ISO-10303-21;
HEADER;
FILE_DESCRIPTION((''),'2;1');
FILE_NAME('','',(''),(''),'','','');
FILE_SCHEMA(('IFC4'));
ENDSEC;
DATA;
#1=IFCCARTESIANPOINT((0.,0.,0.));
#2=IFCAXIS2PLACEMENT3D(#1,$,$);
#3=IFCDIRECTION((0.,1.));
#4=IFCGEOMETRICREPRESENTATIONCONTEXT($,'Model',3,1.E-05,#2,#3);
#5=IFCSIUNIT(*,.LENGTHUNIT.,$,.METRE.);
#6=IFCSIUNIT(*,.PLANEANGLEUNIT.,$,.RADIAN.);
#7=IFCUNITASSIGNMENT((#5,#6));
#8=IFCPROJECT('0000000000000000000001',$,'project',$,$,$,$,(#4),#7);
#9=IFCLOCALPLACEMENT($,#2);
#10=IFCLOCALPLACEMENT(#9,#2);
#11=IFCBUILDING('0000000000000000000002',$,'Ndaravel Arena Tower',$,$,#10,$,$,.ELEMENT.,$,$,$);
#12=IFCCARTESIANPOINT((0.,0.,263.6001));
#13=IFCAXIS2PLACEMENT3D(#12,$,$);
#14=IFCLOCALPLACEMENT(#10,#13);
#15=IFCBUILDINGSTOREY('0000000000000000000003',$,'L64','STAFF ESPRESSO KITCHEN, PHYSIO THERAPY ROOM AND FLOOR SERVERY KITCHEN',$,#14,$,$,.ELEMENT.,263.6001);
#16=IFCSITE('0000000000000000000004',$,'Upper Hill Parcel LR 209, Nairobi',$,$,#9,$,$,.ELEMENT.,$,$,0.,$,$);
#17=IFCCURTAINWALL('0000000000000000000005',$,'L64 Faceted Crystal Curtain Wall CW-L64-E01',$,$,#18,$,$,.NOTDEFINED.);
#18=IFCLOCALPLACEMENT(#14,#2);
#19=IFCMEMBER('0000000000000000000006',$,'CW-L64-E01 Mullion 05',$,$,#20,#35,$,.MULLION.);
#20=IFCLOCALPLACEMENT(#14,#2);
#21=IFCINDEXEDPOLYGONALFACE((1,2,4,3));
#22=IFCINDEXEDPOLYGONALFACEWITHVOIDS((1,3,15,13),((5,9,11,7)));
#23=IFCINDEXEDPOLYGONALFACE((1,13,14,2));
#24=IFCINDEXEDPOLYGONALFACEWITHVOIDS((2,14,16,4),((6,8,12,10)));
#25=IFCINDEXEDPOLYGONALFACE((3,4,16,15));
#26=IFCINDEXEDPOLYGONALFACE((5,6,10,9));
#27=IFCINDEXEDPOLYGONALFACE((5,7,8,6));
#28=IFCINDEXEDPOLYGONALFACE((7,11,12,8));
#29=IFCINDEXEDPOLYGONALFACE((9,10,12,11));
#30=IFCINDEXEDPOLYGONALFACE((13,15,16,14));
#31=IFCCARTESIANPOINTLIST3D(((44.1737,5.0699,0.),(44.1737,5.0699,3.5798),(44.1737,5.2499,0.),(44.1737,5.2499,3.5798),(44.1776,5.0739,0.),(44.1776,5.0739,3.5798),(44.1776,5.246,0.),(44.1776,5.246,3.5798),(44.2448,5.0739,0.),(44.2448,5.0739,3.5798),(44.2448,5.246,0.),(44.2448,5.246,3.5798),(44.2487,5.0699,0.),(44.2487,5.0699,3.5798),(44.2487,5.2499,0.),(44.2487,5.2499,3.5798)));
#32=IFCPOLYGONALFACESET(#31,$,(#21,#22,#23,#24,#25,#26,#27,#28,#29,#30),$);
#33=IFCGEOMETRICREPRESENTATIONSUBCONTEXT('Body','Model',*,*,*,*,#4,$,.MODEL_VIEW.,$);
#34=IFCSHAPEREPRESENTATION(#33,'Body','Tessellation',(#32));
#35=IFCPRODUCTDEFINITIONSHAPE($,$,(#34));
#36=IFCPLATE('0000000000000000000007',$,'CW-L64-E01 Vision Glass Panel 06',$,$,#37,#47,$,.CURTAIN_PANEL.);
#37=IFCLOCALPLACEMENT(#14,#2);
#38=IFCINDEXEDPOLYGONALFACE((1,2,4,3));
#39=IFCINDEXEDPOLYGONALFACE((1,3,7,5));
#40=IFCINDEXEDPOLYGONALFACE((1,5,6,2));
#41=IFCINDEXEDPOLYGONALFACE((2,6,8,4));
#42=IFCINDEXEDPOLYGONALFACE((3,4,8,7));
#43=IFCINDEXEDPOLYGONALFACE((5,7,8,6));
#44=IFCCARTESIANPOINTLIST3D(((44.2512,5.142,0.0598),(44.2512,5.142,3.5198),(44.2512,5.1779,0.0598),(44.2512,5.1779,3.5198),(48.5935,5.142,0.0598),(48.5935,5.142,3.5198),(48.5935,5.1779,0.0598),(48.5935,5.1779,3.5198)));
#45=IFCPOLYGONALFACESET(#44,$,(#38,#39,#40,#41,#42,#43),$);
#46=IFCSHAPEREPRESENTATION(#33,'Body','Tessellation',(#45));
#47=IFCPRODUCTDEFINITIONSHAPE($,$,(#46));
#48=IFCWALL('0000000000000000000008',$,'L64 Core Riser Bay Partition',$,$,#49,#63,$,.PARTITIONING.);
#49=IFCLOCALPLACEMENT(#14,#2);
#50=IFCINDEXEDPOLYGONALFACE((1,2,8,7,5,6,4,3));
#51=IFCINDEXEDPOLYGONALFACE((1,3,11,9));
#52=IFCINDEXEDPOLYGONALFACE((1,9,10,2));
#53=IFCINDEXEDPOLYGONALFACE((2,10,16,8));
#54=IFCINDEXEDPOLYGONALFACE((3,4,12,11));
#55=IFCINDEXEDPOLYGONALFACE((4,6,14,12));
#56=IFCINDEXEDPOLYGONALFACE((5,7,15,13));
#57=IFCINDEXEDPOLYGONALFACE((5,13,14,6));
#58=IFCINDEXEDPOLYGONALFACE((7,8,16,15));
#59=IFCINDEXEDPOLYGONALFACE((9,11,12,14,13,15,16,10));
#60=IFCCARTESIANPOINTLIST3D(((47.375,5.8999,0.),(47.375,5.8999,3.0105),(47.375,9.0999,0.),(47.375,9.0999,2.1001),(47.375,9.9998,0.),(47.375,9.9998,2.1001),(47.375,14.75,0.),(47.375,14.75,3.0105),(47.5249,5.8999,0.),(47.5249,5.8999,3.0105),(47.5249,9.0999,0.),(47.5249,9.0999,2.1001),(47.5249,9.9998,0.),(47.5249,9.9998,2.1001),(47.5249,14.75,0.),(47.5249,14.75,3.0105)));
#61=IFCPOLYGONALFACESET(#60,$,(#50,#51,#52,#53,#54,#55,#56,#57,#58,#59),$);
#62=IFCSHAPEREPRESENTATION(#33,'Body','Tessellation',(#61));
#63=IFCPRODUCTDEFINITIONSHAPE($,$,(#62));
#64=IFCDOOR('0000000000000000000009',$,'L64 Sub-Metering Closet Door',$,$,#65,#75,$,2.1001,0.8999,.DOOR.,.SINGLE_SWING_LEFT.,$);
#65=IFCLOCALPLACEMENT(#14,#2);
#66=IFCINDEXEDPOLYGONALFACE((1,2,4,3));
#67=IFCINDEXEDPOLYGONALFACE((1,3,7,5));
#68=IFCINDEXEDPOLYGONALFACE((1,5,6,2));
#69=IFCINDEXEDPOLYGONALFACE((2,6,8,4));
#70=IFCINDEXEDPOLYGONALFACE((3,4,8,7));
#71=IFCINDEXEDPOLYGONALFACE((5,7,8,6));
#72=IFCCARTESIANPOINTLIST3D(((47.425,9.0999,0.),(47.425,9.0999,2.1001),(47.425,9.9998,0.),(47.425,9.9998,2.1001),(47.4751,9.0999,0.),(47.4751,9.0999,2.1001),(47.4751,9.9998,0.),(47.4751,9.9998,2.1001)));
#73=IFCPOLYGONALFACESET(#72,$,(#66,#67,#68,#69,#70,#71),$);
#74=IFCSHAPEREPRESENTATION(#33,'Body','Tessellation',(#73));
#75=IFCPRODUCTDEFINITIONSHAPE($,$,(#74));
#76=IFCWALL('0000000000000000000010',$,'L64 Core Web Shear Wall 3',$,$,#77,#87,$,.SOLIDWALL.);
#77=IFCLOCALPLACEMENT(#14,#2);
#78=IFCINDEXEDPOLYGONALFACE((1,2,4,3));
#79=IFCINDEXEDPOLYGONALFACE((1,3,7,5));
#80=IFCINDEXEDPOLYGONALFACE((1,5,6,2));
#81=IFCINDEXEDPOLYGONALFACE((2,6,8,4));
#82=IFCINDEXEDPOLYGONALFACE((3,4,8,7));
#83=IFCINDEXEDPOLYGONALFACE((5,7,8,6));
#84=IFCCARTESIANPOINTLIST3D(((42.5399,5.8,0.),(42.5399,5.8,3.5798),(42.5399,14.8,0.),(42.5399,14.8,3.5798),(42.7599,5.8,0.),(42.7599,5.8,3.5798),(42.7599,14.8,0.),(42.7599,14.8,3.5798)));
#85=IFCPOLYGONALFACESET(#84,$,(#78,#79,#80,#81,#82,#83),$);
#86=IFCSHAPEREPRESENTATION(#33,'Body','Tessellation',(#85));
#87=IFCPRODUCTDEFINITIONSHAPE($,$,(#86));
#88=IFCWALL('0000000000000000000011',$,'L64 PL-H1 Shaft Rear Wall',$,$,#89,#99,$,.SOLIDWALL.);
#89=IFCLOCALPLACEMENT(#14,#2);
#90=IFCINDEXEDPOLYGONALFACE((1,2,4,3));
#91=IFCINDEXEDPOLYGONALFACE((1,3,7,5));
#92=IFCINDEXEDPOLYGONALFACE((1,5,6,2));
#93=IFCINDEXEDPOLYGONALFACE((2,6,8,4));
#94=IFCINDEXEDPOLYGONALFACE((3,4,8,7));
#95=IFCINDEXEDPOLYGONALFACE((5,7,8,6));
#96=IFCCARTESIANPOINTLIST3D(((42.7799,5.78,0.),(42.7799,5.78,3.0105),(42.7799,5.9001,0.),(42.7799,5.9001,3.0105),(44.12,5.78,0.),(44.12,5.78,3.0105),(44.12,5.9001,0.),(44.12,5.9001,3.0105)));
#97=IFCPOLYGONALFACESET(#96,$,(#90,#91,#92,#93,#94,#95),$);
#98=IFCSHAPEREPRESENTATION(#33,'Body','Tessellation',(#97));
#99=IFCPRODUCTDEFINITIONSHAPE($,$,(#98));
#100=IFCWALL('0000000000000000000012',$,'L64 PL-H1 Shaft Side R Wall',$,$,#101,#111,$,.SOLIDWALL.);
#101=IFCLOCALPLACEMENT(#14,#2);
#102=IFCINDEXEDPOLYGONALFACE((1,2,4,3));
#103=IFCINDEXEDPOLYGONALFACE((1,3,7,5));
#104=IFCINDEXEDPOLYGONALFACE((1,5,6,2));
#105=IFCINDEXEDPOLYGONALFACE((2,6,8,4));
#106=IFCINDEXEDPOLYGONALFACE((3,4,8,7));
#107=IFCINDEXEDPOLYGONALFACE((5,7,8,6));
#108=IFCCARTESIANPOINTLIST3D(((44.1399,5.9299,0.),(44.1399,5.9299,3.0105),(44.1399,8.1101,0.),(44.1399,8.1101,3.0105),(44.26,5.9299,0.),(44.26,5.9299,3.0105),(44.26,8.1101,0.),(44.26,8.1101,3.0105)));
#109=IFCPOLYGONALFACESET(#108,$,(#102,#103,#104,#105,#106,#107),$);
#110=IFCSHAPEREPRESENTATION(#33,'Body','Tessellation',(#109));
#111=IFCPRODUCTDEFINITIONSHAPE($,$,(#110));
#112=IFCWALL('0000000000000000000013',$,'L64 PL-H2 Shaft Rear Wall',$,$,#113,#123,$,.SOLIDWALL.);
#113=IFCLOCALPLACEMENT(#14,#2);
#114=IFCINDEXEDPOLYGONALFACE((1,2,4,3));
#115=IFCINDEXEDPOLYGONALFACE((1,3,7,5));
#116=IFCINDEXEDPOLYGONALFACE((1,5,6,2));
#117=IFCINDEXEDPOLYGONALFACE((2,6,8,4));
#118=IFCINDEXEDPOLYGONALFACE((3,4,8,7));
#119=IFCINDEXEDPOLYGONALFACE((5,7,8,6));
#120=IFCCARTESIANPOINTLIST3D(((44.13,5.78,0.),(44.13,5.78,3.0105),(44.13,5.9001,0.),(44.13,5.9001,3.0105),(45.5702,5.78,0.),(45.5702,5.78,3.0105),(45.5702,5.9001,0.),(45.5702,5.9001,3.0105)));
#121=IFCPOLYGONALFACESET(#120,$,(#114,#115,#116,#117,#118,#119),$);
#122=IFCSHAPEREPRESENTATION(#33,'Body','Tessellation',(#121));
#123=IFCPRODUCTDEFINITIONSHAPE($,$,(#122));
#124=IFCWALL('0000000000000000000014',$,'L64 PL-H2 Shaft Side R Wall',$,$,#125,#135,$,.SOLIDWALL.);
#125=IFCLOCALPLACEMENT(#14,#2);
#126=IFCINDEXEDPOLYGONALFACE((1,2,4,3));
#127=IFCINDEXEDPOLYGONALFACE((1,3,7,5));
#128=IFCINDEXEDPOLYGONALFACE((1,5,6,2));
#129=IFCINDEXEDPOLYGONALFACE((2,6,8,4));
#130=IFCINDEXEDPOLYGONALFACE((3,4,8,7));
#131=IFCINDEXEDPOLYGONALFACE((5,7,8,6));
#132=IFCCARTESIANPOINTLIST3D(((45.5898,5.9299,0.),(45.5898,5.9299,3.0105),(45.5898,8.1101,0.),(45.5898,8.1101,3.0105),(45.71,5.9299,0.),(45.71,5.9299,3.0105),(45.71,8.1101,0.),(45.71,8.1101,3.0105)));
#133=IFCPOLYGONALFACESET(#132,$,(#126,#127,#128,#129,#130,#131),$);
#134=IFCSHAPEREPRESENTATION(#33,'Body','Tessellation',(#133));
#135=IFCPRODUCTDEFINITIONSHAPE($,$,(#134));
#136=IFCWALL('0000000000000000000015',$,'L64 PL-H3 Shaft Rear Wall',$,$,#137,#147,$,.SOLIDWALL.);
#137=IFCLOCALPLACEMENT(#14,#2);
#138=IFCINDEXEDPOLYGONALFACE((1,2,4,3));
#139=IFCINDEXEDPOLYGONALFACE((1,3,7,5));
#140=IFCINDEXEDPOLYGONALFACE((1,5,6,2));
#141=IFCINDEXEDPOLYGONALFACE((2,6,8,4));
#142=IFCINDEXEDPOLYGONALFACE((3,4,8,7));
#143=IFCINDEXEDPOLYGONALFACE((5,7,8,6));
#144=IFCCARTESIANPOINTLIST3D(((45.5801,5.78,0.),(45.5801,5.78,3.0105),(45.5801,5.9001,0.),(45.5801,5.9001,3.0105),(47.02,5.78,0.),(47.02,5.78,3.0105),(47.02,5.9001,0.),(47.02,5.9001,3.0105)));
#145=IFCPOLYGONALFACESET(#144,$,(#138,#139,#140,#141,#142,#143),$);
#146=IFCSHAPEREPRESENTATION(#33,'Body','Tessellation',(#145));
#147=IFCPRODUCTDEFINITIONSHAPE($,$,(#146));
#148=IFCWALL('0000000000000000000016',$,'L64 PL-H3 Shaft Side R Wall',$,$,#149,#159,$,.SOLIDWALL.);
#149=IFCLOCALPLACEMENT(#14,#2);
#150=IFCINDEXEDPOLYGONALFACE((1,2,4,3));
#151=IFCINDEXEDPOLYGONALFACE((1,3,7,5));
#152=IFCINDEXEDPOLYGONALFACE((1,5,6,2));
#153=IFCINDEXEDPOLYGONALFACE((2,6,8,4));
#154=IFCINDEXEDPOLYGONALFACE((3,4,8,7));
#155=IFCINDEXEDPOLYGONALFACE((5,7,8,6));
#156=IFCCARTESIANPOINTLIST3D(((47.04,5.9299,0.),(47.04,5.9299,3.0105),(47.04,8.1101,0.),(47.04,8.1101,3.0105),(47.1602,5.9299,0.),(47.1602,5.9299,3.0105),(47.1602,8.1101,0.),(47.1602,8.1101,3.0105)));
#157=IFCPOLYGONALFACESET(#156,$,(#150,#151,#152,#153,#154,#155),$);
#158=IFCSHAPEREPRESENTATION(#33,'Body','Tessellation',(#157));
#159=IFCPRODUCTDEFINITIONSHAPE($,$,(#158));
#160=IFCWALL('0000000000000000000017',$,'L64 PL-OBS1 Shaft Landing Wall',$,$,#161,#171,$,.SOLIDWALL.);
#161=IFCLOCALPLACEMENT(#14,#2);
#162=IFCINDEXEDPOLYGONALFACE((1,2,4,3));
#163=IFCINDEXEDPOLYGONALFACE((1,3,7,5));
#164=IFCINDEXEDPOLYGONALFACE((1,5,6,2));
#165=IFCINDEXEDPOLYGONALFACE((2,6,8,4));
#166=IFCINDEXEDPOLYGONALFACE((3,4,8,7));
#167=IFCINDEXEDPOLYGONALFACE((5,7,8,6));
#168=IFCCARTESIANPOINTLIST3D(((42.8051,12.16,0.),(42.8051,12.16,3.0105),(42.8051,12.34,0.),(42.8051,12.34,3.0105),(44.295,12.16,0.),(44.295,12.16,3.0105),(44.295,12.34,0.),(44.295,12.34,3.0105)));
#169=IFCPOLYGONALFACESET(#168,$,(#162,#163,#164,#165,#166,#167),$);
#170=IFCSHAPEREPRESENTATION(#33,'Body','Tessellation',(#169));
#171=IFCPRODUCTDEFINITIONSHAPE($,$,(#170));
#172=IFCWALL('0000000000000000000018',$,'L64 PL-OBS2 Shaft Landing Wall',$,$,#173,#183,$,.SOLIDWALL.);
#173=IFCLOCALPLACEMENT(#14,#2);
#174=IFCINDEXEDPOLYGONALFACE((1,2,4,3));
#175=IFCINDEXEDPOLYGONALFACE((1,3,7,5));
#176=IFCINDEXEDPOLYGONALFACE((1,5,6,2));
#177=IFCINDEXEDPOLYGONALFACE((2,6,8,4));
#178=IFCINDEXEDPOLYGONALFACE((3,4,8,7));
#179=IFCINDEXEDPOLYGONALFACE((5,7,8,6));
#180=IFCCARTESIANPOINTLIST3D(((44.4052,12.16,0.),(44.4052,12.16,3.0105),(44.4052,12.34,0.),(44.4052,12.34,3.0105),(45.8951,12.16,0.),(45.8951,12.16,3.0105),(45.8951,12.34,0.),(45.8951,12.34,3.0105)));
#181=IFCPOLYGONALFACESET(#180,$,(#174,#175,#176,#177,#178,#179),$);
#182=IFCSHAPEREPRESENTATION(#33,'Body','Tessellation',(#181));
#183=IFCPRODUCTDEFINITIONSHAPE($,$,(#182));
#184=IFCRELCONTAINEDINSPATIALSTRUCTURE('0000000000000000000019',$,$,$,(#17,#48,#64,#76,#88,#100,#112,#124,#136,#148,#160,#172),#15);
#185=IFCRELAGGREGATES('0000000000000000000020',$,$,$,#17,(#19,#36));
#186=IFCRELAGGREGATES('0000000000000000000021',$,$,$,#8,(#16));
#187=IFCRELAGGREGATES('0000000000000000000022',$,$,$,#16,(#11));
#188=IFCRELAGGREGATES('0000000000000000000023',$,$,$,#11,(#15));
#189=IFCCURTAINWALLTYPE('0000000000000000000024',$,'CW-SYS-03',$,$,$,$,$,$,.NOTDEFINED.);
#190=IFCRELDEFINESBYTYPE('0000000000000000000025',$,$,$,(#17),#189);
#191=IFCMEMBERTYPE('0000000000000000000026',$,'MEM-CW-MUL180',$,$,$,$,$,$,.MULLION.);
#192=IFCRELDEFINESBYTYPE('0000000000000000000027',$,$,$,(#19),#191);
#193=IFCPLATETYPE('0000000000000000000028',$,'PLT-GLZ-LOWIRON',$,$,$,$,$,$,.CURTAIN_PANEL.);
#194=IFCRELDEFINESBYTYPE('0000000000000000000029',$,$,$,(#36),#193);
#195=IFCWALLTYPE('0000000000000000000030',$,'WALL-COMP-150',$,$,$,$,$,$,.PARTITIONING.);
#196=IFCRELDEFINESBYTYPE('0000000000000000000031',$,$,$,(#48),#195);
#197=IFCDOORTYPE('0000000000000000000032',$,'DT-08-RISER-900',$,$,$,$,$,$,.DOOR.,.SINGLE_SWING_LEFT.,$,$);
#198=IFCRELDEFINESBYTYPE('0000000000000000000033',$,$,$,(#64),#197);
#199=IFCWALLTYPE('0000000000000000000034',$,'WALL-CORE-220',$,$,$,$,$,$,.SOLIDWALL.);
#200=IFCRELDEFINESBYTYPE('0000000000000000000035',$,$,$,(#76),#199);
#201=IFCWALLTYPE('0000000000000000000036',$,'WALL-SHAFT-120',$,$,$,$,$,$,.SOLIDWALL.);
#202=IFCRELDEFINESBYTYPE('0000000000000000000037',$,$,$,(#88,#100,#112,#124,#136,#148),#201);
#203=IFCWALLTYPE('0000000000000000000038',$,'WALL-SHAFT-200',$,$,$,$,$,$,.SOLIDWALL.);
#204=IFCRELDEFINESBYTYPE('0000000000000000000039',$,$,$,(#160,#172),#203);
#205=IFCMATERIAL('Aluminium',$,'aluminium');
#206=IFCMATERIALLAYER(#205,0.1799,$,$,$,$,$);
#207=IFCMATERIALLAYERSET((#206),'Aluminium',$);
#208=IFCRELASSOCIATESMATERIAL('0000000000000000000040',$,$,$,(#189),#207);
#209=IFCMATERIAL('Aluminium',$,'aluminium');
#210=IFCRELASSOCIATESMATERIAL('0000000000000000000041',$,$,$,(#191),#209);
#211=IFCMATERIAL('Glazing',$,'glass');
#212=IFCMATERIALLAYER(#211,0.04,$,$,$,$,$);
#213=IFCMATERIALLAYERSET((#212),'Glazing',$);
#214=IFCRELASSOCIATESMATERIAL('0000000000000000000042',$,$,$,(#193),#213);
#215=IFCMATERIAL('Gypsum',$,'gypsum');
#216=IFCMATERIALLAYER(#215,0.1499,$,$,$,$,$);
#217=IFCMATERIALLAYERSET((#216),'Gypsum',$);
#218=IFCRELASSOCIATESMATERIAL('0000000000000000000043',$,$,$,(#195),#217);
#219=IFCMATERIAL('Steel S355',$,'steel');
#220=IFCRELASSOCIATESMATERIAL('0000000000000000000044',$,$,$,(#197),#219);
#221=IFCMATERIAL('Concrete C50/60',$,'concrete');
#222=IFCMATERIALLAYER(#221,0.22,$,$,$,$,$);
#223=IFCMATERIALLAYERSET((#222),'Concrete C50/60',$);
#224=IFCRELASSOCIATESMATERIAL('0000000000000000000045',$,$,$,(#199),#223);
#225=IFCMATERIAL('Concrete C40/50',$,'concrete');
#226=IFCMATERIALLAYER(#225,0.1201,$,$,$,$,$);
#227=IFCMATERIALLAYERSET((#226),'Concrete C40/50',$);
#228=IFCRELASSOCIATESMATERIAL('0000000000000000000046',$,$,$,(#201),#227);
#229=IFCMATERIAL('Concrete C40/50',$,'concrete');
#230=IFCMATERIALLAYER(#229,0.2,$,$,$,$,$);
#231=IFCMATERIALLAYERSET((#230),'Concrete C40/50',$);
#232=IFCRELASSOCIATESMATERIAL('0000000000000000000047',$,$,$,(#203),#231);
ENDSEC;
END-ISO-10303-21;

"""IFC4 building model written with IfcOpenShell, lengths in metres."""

from ifc_helpers import new_model, si_unit, direction, frame, frame_2d, origin, origin_2d, place, context, subcontext, project, spatial, rectangle, hollow_rectangle, extrude, material, layer, layer_set, material_profile, profile_set, type_object, element, fill, aggregate, save


model = new_model("IFC4")

# Units and contexts
model_context = context("Model", 3, precision=1e-05, world=origin(), true_north=direction((0.0, 1.0)))
body_context = subcontext(model_context, "Body", "Model", "MODEL_VIEW")
ifc_project = project(units=[si_unit("LENGTHUNIT", "METRE"), si_unit("PLANEANGLEUNIT", "RADIAN")], contexts=[model_context])

# Site, building, storey
site_placement = place(None, origin())
site = spatial("IfcSite", under=ifc_project, at=site_placement, Name="Upper Hill Parcel LR 209, Nairobi", CompositionType="ELEMENT", RefElevation=0.0)
building_placement = place(site_placement, origin())
building = spatial("IfcBuilding", under=site, at=building_placement, Name="Ndaravel Arena Tower", CompositionType="ELEMENT")
storey_placement = place(building_placement, frame((0.0, 0.0, 263.6001)))
storey = spatial("IfcBuildingStorey", under=building, at=storey_placement, Name="L64", Description="STAFF ESPRESSO KITCHEN, PHYSIO THERAPY ROOM AND FLOOR SERVERY KITCHEN", CompositionType="ELEMENT", Elevation=263.6001)

# Curtain wall, member, plate
ifc_material_1 = material(Name="Aluminium", Category="aluminium")
ifc_layer_1 = layer(ifc_material_1, 0.1799)
ifc_layer_set_1 = layer_set([ifc_layer_1], Name="Aluminium")
curtain_wall_type = type_object("IfcCurtainWallType", Name="CW-SYS-03", PredefinedType="NOTDEFINED", material=ifc_layer_set_1)
curtain_wall_placement = place(storey_placement, origin())
curtain_wall = element("IfcCurtainWall", 1, at=curtain_wall_placement, inside=storey, type_object=curtain_wall_type, Name="L64 Faceted Crystal Curtain Wall CW-L64-E01", PredefinedType="NOTDEFINED")
ifc_material_2 = material(Name="Aluminium", Category="aluminium")
ifc_material_profile = material_profile(ifc_material_2, hollow_rectangle(XDim=0.075, YDim=0.1799, WallThickness=0.0039, at=origin_2d()), Name="CW MULLION 75x180x4")
ifc_profile_set = profile_set([ifc_material_profile], Name="Aluminium")
member_type = type_object("IfcMemberType", Name="MEM-CW-MUL180", PredefinedType="MULLION", material=ifc_profile_set)
member_placement = place(storey_placement, frame((44.2112, 5.1599, 0.0), z_axis=(0.0, 0.0, 1.0), x_axis=(1.0, 0.0, 0.0)))
member = element("IfcMember", 2, at=member_placement, type_object=member_type, Name="CW-L64-E01 Mullion 05", PredefinedType="MULLION", context=body_context, shape_type="SweptSolid", body=[
    extrude(hollow_rectangle(XDim=0.075, YDim=0.1799, WallThickness=0.0039, at=origin_2d()), origin(), (0.0, 0.0, 1.0), 3.5798),
])
ifc_material_3 = material(Name="Glazing", Category="glass")
ifc_layer_2 = layer(ifc_material_3, 0.04)
ifc_layer_set_2 = layer_set([ifc_layer_2], Name="Glazing")
plate_type = type_object("IfcPlateType", Name="PLT-GLZ-LOWIRON", PredefinedType="CURTAIN_PANEL", material=ifc_layer_set_2)
plate_placement = place(storey_placement, frame((46.4224, 5.1599, 0.0598), z_axis=(0.0, 0.0, 1.0), x_axis=(1.0, 0.0, 0.0)))
plate = element("IfcPlate", 3, at=plate_placement, type_object=plate_type, Name="CW-L64-E01 Vision Glass Panel 06", PredefinedType="CURTAIN_PANEL", context=body_context, shape_type="SweptSolid", body=[
    extrude(rectangle(XDim=4.3423, YDim=0.0359, at=origin_2d()), origin(), (0.0, 0.0, 1.0), 3.46),
])
aggregate(curtain_wall, [member, plate])

# Wall, opening, door
ifc_material_4 = material(Name="Gypsum", Category="gypsum")
ifc_layer_3 = layer(ifc_material_4, 0.1499)
ifc_layer_set_3 = layer_set([ifc_layer_3], Name="Gypsum")
wall_type_1 = type_object("IfcWallType", Name="WALL-COMP-150", PredefinedType="PARTITIONING", material=ifc_layer_set_3)
wall_1_placement = place(storey_placement, frame((47.45, 5.8999, 0.0), z_axis=(0.0, 0.0, 1.0), x_axis=(0.0, 1.0, 0.0)))
wall_1 = element("IfcWall", 4, at=wall_1_placement, inside=storey, type_object=wall_type_1, Name="L64 Core Riser Bay Partition", PredefinedType="PARTITIONING", context=body_context, shape_type="SweptSolid", body=[
    extrude(rectangle(XDim=8.8501, YDim=0.1499, at=frame_2d((4.425, 0.0))), origin(), (0.0, 0.0, 1.0), 3.0105),
])
opening_1_placement = place(wall_1_placement, frame((3.2, 0.0, 0.0)))
opening_1 = element("IfcOpeningElement", 5, at=opening_1_placement, cuts=wall_1, PredefinedType="OPENING", context=body_context, shape_type="SweptSolid", body=[
    extrude(rectangle(XDim=0.8999, YDim=2.1001, at=frame_2d((0.45, 1.05))), frame((0.0, 0.075, 0.0), z_axis=(0.0, -1.0, 0.0), x_axis=(1.0, 0.0, 0.0)), (0.0, 0.0, 1.0), 0.1499),
])
ifc_material_5 = material(Name="Steel S355", Category="steel")
door_type_1 = type_object("IfcDoorType", Name="DT-08-RISER-900", OperationType="SINGLE_SWING_LEFT", PredefinedType="DOOR", material=ifc_material_5)
door_1_placement = place(opening_1_placement, origin())
door_1 = element("IfcDoor", 6, at=door_1_placement, inside=storey, type_object=door_type_1, Name="L64 Sub-Metering Closet Door", OperationType="SINGLE_SWING_LEFT", OverallHeight=2.1001, OverallWidth=0.8999, PredefinedType="DOOR", context=body_context, shape_type="SweptSolid", body=[
    extrude(rectangle(XDim=0.8999, YDim=2.1001, at=frame_2d((0.45, 1.05))), frame((0.0, 0.0249, 0.0), z_axis=(0.0, -1.0, 0.0), x_axis=(1.0, 0.0, 0.0)), (0.0, 0.0, 1.0), 0.05),
])
fill(opening_1, door_1)

# Walls
ifc_material_6 = material(Name="Concrete C50/60", Category="concrete")
ifc_layer_4 = layer(ifc_material_6, 0.22)
ifc_layer_set_4 = layer_set([ifc_layer_4], Name="Concrete C50/60")
wall_type_2 = type_object("IfcWallType", Name="WALL-CORE-220", PredefinedType="SOLIDWALL", material=ifc_layer_set_4)
wall_2_placement = place(storey_placement, frame((42.6499, 5.8, 0.0), z_axis=(0.0, 0.0, 1.0), x_axis=(0.0, 1.0, 0.0)))
element("IfcWall", 7, at=wall_2_placement, inside=storey, type_object=wall_type_2, Name="L64 Core Web Shear Wall 3", PredefinedType="SOLIDWALL", context=body_context, shape_type="SweptSolid", body=[
    extrude(rectangle(XDim=9.0, YDim=0.22, at=frame_2d((4.5, 0.0))), origin(), (0.0, 0.0, 1.0), 3.5798),
])
ifc_material_7 = material(Name="Concrete C40/50", Category="concrete")
ifc_layer_5 = layer(ifc_material_7, 0.1201)
ifc_layer_set_5 = layer_set([ifc_layer_5], Name="Concrete C40/50")
wall_type_3 = type_object("IfcWallType", Name="WALL-SHAFT-120", PredefinedType="SOLIDWALL", material=ifc_layer_set_5)
wall_3_placement = place(storey_placement, frame((42.78, 5.8401, 0.0), z_axis=(0.0, 0.0, 1.0), x_axis=(1.0, 0.0, 0.0)))
element("IfcWall", 8, at=wall_3_placement, inside=storey, type_object=wall_type_3, Name="L64 PL-H1 Shaft Rear Wall", PredefinedType="SOLIDWALL", context=body_context, shape_type="SweptSolid", body=[
    extrude(rectangle(XDim=1.3401, YDim=0.1201, at=frame_2d((0.6699, 0.0))), origin(), (0.0, 0.0, 1.0), 3.0105),
])
wall_4_placement = place(storey_placement, frame((44.2, 5.9299, 0.0), z_axis=(0.0, 0.0, 1.0), x_axis=(0.0, 1.0, 0.0)))
element("IfcWall", 9, at=wall_4_placement, inside=storey, type_object=wall_type_3, Name="L64 PL-H1 Shaft Side R Wall", PredefinedType="SOLIDWALL", context=body_context, shape_type="SweptSolid", body=[
    extrude(rectangle(XDim=2.1802, YDim=0.1201, at=frame_2d((1.0901, 0.0))), origin(), (0.0, 0.0, 1.0), 3.0105),
])
wall_5_placement = place(storey_placement, frame((44.1299, 5.8401, 0.0), z_axis=(0.0, 0.0, 1.0), x_axis=(1.0, 0.0, 0.0)))
element("IfcWall", 10, at=wall_5_placement, inside=storey, type_object=wall_type_3, Name="L64 PL-H2 Shaft Rear Wall", PredefinedType="SOLIDWALL", context=body_context, shape_type="SweptSolid", body=[
    extrude(rectangle(XDim=1.4402, YDim=0.1201, at=frame_2d((0.7202, 0.0))), origin(), (0.0, 0.0, 1.0), 3.0105),
])
wall_6_placement = place(storey_placement, frame((45.6499, 5.9299, 0.0), z_axis=(0.0, 0.0, 1.0), x_axis=(0.0, 1.0, 0.0)))
element("IfcWall", 11, at=wall_6_placement, inside=storey, type_object=wall_type_3, Name="L64 PL-H2 Shaft Side R Wall", PredefinedType="SOLIDWALL", context=body_context, shape_type="SweptSolid", body=[
    extrude(rectangle(XDim=2.1802, YDim=0.1201, at=frame_2d((1.0901, 0.0))), origin(), (0.0, 0.0, 1.0), 3.0105),
])
wall_7_placement = place(storey_placement, frame((45.5801, 5.8401, 0.0), z_axis=(0.0, 0.0, 1.0), x_axis=(1.0, 0.0, 0.0)))
element("IfcWall", 12, at=wall_7_placement, inside=storey, type_object=wall_type_3, Name="L64 PL-H3 Shaft Rear Wall", PredefinedType="SOLIDWALL", context=body_context, shape_type="SweptSolid", body=[
    extrude(rectangle(XDim=1.4399, YDim=0.1201, at=frame_2d((0.72, 0.0))), origin(), (0.0, 0.0, 1.0), 3.0105),
])
wall_8_placement = place(storey_placement, frame((47.1001, 5.9299, 0.0), z_axis=(0.0, 0.0, 1.0), x_axis=(0.0, 1.0, 0.0)))
element("IfcWall", 13, at=wall_8_placement, inside=storey, type_object=wall_type_3, Name="L64 PL-H3 Shaft Side R Wall", PredefinedType="SOLIDWALL", context=body_context, shape_type="SweptSolid", body=[
    extrude(rectangle(XDim=2.1802, YDim=0.1201, at=frame_2d((1.0901, 0.0))), origin(), (0.0, 0.0, 1.0), 3.0105),
])

# Shared definitions
ifc_material_8 = material(Name="Concrete C40/50", Category="concrete")
ifc_layer_6 = layer(ifc_material_8, 0.2)
ifc_layer_set_6 = layer_set([ifc_layer_6], Name="Concrete C40/50")
wall_type_4 = type_object("IfcWallType", Name="WALL-SHAFT-200", PredefinedType="SOLIDWALL", material=ifc_layer_set_6)

# Walls
for number, where, z_axis, x_axis, name in (
    (14, (42.8049, 12.25, 0.0), (0.0, 0.0, 1.0), (1.0, 0.0, 0.0), "L64 PL-OBS1 Shaft Landing Wall"),
    (15, (44.405, 12.25, 0.0), (0.0, 0.0, 1.0), (1.0, 0.0, 0.0), "L64 PL-OBS2 Shaft Landing Wall"),
):
    element("IfcWall", number, at=place(storey_placement, frame(where, z_axis=z_axis, x_axis=x_axis)), inside=storey, type_object=wall_type_4, Name=name, PredefinedType="SOLIDWALL", context=body_context, shape_type="SweptSolid", body=[
        extrude(rectangle(XDim=1.49, YDim=0.1799, at=frame_2d((0.7451, 0.0))), origin(), (0.0, 0.0, 1.0), 3.0105),
    ])

save(model, "model.ifc")
